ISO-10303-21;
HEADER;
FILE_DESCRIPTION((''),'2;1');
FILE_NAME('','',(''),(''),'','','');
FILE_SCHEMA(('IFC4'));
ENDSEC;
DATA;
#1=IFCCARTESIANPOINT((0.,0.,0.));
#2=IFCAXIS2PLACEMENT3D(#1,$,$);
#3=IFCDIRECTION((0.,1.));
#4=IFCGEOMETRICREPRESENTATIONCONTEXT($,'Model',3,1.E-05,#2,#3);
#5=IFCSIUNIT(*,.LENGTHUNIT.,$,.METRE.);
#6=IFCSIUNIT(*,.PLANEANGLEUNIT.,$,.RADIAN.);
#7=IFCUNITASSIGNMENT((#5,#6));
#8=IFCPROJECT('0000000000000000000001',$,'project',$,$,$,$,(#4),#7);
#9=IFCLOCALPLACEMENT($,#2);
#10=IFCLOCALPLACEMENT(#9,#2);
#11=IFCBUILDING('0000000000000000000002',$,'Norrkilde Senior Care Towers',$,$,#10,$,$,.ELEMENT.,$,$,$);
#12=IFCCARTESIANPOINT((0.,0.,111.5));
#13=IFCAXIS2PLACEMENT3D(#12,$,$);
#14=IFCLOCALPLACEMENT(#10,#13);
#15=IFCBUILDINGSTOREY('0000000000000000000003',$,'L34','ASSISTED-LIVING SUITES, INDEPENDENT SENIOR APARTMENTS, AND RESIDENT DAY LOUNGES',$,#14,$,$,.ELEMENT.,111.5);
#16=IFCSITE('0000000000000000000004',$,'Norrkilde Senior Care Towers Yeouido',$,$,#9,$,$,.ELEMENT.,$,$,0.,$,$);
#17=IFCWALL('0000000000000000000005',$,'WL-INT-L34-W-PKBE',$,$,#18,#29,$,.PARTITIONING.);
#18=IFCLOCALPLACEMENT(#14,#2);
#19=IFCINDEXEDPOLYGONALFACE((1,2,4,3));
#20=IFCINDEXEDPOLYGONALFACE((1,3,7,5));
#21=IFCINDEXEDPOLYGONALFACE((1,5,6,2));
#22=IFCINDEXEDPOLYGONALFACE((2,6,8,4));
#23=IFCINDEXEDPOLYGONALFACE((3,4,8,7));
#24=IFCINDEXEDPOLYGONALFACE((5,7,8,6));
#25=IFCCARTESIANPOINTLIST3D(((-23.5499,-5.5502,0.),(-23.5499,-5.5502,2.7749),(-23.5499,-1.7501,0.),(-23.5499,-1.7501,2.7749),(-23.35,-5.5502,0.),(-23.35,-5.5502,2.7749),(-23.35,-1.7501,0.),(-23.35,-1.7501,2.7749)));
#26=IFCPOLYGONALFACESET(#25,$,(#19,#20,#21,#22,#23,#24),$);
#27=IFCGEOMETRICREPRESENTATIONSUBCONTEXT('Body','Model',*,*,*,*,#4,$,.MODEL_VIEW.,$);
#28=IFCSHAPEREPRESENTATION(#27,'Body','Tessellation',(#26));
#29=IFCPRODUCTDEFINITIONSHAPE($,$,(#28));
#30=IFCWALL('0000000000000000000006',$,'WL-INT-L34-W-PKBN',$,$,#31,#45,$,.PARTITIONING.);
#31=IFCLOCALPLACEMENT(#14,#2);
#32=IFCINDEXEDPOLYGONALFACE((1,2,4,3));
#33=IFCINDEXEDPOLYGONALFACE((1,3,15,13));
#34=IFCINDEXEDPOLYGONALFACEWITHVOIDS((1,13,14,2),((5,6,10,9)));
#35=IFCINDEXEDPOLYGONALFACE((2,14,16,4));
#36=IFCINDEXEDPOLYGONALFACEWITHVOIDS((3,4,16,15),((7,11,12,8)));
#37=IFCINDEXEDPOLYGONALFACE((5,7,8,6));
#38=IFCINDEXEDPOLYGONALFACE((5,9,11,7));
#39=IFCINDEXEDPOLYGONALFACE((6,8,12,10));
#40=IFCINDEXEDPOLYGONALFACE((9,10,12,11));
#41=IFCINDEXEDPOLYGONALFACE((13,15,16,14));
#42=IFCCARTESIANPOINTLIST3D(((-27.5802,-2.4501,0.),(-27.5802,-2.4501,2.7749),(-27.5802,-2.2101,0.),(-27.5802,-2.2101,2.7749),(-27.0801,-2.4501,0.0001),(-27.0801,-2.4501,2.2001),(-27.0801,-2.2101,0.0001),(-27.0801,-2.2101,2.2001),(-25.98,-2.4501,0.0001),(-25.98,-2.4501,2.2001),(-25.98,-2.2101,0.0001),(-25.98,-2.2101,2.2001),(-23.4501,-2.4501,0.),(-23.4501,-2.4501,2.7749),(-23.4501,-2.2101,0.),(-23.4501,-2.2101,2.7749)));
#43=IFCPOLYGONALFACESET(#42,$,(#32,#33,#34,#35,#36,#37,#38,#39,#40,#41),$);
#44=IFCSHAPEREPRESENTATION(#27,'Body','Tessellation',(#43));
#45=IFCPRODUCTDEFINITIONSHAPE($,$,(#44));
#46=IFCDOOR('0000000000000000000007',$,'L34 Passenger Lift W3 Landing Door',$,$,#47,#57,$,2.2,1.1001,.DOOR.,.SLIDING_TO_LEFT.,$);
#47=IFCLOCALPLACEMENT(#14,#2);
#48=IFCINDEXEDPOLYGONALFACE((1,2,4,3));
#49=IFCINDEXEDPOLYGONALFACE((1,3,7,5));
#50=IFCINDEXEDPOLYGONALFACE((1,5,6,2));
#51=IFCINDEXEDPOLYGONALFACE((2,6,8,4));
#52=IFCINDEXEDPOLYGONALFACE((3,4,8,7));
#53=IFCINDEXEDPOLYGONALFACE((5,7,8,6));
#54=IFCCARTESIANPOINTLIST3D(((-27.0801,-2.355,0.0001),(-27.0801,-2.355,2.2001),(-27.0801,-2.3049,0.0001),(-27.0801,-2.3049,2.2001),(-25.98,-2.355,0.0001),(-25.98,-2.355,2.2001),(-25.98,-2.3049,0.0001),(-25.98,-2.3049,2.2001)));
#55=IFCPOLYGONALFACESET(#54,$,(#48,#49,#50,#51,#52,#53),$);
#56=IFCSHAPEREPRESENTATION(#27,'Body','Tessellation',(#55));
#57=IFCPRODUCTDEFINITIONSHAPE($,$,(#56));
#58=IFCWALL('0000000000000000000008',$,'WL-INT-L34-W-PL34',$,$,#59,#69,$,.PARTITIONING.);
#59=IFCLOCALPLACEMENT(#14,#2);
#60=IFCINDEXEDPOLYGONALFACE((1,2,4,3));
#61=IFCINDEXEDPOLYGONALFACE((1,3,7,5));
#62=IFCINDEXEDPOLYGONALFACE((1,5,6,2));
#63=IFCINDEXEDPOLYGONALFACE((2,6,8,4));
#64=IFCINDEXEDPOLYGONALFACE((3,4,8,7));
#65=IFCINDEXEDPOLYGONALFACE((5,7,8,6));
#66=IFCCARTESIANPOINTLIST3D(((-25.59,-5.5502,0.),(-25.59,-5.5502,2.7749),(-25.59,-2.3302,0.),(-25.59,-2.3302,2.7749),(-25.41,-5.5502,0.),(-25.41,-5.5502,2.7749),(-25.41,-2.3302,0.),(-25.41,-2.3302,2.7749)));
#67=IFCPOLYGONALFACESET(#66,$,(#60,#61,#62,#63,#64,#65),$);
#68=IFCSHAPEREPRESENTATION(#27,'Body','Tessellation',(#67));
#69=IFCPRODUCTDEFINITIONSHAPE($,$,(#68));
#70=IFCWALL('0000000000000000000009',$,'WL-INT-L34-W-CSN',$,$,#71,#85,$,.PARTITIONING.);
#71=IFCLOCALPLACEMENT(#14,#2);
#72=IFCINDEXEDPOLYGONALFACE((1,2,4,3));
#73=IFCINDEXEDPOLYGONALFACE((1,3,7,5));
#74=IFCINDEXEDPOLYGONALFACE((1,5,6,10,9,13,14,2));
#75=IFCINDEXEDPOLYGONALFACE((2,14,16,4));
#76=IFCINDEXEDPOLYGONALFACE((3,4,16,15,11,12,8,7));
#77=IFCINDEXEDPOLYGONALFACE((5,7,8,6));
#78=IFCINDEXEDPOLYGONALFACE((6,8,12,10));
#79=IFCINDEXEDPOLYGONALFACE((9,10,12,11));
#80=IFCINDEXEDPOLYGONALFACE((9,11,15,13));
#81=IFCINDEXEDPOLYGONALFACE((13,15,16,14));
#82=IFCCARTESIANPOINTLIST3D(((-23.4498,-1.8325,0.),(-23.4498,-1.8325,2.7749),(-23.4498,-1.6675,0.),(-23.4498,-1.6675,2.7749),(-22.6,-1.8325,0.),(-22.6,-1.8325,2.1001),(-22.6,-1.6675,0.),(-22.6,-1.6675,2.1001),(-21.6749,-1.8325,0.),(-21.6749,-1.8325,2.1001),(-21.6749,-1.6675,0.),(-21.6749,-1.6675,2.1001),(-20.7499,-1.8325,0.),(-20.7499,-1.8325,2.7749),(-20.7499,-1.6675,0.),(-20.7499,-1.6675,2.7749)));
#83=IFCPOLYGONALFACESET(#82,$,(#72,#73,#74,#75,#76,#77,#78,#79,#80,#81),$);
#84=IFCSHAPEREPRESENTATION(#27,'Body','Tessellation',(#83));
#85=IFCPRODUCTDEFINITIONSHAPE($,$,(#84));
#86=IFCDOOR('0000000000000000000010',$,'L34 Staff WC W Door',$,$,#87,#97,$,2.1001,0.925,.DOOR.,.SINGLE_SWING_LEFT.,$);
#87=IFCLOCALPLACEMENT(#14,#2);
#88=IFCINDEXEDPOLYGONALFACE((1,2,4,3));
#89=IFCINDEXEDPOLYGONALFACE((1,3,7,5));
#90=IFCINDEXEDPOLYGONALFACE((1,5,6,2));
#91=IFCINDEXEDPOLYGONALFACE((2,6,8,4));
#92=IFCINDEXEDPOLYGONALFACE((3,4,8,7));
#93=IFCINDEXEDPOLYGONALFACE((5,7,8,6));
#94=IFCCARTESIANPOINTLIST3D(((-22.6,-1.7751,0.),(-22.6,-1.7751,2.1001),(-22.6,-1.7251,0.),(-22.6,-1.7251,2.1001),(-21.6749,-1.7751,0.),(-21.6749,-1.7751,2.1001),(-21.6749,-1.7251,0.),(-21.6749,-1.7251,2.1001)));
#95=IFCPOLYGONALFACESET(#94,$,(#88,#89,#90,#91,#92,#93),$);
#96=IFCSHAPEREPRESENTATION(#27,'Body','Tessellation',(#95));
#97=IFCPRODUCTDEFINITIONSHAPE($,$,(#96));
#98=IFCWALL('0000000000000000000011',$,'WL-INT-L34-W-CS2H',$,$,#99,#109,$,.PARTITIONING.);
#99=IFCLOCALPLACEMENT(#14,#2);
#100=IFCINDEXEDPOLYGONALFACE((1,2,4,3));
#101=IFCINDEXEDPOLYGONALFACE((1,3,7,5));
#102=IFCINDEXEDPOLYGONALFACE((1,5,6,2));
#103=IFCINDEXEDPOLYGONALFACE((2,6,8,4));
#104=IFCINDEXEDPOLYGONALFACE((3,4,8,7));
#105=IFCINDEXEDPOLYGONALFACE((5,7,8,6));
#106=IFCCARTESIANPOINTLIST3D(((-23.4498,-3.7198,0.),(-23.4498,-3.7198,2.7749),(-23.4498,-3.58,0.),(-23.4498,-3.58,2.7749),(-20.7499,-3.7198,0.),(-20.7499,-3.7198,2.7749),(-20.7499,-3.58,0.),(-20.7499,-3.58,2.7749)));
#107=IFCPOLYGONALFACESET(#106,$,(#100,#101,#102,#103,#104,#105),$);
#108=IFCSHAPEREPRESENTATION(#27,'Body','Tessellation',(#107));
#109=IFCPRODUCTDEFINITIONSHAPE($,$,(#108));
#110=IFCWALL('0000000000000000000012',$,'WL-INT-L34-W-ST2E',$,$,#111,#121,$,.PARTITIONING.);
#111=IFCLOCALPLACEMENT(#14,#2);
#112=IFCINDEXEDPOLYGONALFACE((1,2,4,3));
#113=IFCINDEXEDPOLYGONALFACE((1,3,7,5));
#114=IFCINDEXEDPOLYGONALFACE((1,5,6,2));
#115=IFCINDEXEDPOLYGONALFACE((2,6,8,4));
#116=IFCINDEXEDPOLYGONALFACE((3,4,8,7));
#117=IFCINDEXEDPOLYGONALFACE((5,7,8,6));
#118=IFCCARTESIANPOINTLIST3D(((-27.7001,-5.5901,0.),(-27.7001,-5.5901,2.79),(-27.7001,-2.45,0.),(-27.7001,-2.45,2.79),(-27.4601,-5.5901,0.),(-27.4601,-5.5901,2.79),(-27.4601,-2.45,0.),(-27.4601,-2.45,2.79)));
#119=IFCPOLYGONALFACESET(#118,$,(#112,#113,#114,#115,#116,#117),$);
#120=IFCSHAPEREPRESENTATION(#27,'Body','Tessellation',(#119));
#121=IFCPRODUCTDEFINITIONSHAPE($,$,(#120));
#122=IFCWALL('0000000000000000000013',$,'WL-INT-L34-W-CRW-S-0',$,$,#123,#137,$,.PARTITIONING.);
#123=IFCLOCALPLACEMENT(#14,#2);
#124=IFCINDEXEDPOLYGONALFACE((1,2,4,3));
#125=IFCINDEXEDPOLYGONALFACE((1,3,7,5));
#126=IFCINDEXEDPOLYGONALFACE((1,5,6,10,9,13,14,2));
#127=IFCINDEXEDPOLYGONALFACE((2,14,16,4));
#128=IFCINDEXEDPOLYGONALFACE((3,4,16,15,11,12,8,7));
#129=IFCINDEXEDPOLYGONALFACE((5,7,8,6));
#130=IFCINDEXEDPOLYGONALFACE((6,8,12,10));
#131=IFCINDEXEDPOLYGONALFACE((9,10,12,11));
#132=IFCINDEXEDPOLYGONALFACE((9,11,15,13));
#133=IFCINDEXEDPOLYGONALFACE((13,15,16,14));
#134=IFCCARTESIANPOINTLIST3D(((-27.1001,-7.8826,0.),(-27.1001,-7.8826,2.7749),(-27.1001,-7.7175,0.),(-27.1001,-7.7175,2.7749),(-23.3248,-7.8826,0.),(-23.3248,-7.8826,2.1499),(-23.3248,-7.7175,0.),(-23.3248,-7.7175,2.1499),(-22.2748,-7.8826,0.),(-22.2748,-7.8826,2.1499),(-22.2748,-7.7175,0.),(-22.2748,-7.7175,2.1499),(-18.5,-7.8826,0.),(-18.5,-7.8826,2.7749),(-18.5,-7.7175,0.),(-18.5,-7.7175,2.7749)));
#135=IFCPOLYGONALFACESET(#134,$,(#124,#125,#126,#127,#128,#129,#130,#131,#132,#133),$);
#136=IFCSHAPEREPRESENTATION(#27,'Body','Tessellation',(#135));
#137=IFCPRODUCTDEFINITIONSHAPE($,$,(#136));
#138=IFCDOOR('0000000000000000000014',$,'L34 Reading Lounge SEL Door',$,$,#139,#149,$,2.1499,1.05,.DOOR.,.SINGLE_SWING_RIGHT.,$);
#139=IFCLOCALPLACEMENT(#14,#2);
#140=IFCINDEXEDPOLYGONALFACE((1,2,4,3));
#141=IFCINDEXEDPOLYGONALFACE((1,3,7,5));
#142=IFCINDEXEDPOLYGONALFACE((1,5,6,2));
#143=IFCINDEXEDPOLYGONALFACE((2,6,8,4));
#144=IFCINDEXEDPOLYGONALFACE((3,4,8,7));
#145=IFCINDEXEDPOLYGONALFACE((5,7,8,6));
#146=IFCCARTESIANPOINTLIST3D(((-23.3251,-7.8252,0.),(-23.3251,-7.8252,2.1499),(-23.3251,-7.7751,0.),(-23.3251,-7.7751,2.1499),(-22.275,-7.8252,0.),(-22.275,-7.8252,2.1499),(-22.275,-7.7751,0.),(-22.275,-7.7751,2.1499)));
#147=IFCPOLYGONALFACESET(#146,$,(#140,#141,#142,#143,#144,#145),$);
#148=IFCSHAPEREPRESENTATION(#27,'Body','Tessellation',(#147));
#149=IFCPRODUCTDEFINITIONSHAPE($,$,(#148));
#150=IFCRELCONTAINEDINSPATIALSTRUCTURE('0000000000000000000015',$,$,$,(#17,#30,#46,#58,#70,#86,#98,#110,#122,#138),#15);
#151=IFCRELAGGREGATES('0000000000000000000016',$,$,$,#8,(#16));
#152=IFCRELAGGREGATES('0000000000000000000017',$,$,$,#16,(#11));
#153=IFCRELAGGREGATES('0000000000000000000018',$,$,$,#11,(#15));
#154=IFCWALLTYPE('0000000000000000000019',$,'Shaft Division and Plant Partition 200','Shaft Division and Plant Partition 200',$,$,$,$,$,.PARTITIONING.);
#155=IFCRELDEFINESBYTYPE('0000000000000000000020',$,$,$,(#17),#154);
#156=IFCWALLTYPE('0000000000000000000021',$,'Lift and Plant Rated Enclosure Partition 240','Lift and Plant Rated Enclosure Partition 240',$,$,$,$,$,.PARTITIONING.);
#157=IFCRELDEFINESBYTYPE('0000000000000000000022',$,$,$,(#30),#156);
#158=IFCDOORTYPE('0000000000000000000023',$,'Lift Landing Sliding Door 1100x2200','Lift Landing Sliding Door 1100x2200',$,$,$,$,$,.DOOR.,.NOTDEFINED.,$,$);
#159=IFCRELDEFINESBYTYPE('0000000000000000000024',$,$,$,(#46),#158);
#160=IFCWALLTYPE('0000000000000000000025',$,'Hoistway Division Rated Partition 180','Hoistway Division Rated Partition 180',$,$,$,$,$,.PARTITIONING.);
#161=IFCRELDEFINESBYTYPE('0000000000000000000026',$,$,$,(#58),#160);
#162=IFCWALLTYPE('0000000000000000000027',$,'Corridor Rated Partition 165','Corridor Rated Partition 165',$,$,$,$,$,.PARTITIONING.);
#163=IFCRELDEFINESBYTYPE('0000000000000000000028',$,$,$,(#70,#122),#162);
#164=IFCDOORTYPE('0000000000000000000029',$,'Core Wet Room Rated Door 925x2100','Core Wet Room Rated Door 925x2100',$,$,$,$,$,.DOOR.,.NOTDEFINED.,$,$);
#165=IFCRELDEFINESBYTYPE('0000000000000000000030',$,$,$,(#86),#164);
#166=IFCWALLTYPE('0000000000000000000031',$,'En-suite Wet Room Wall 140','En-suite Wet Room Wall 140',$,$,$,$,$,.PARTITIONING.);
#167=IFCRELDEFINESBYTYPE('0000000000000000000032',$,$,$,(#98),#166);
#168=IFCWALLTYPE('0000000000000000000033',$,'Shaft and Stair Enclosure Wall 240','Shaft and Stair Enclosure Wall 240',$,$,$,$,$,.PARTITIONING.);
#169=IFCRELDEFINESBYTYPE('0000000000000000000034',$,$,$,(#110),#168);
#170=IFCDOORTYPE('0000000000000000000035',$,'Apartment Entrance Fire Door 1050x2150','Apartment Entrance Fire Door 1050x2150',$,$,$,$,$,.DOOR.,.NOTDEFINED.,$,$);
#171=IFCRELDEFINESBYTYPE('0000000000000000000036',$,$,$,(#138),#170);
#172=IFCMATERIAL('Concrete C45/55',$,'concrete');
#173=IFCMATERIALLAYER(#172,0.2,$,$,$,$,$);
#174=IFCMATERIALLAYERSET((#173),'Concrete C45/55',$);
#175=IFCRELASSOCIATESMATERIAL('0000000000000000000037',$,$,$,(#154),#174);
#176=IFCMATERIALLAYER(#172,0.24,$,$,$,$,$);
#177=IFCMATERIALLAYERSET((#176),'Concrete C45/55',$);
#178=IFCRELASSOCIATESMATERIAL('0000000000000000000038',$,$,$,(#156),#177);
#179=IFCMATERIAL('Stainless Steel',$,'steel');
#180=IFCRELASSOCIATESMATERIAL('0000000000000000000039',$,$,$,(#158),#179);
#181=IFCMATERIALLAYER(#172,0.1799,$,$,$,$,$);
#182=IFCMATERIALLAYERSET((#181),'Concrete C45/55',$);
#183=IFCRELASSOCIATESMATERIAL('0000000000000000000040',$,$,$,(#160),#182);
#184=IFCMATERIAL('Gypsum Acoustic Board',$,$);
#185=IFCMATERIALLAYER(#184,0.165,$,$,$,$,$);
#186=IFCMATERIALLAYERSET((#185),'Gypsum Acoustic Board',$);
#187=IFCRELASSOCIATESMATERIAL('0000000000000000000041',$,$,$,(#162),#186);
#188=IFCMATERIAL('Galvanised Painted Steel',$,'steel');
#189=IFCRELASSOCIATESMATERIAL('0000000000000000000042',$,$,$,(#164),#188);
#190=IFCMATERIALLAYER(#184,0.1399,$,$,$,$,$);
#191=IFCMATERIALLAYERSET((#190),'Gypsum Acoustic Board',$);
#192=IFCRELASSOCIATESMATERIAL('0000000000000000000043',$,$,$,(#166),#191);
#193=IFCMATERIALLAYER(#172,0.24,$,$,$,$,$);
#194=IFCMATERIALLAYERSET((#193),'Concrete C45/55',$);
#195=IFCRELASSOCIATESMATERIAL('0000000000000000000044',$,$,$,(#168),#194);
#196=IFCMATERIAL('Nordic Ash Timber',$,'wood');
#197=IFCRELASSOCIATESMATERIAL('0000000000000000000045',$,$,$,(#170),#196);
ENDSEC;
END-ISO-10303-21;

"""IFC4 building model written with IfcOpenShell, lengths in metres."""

from ifc_helpers import new_model, si_unit, direction, frame, frame_2d, origin, place, context, subcontext, project, spatial, rectangle, extrude, source, transform, mapped, material, layer, layer_set, type_object, type_shapes, element, fill, save


model = new_model("IFC4")

# Units and contexts
model_context = context("Model", 3, precision=1e-05, world=origin(), true_north=direction((0.0, 1.0)))
body_context = subcontext(model_context, "Body", "Model", "MODEL_VIEW")
ifc_project = project(units=[si_unit("LENGTHUNIT", "METRE"), si_unit("PLANEANGLEUNIT", "RADIAN")], contexts=[model_context])

# Site, building, storey
site_placement = place(None, origin())
site = spatial("IfcSite", under=ifc_project, at=site_placement, Name="Norrkilde Senior Care Towers Yeouido", CompositionType="ELEMENT", RefElevation=0.0)
building_placement = place(site_placement, origin())
building = spatial("IfcBuilding", under=site, at=building_placement, Name="Norrkilde Senior Care Towers", CompositionType="ELEMENT")
storey_placement = place(building_placement, frame((0.0, 0.0, 111.5)))
storey = spatial("IfcBuildingStorey", under=building, at=storey_placement, Name="L34", Description="ASSISTED-LIVING SUITES, INDEPENDENT SENIOR APARTMENTS, AND RESIDENT DAY LOUNGES", CompositionType="ELEMENT", Elevation=111.5)

# Wall
ifc_material_1 = material(Name="Concrete C45/55", Category="concrete")
ifc_layer_1 = layer(ifc_material_1, 0.2)
ifc_layer_set_1 = layer_set([ifc_layer_1], Name="Concrete C45/55")
wall_type_1 = type_object("IfcWallType", Name="Shaft Division and Plant Partition 200", Description="Shaft Division and Plant Partition 200", PredefinedType="PARTITIONING", material=ifc_layer_set_1)
shared_shape_1 = source(origin(), body_context, "Body", "SweptSolid", [
    extrude(rectangle(XDim=3.8, YDim=0.2, at=frame_2d((1.8999, 0.0))), origin(), (0.0, 0.0, 1.0), 2.7749),
])
type_shapes(wall_type_1, [shared_shape_1])
wall_1_placement = place(storey_placement, frame((-23.45, -5.55, 0.0), z_axis=(0.0, 0.0, 1.0), x_axis=(0.0, 1.0, 0.0)))
element("IfcWall", 1, at=wall_1_placement, inside=storey, type_object=wall_type_1, Name="WL-INT-L34-W-PKBE", PredefinedType="PARTITIONING", context=body_context, shape_type="MappedRepresentation", body=[
    mapped(shared_shape_1, transform((0.0, 0.0, 0.0), x_axis=(1.0, 0.0, 0.0), y_axis=(0.0, 1.0, 0.0), z_axis=(0.0, 0.0, 1.0), scale=1.0)),
])

# Wall, opening, door
ifc_layer_2 = layer(ifc_material_1, 0.24)
ifc_layer_set_2 = layer_set([ifc_layer_2], Name="Concrete C45/55")
wall_type_2 = type_object("IfcWallType", Name="Lift and Plant Rated Enclosure Partition 240", Description="Lift and Plant Rated Enclosure Partition 240", PredefinedType="PARTITIONING", material=ifc_layer_set_2)
shared_shape_2 = source(origin(), body_context, "Body", "SweptSolid", [
    extrude(rectangle(XDim=4.1301, YDim=0.24, at=frame_2d((2.0649, 0.0))), origin(), (0.0, 0.0, 1.0), 2.7749),
])
type_shapes(wall_type_2, [shared_shape_2])
wall_2_placement = place(storey_placement, frame((-27.5801, -2.3301, 0.0), z_axis=(0.0, 0.0, 1.0), x_axis=(1.0, 0.0, 0.0)))
wall_2 = element("IfcWall", 2, at=wall_2_placement, inside=storey, type_object=wall_type_2, Name="WL-INT-L34-W-PKBN", PredefinedType="PARTITIONING", context=body_context, shape_type="MappedRepresentation", body=[
    mapped(shared_shape_2, transform((0.0, 0.0, 0.0), x_axis=(1.0, 0.0, 0.0), y_axis=(0.0, 1.0, 0.0), z_axis=(0.0, 0.0, 1.0), scale=1.0)),
])
opening_1_placement = place(wall_2_placement, frame((0.5, 0.0, 0.0)))
opening_1 = element("IfcOpeningElement", 3, at=opening_1_placement, cuts=wall_2, PredefinedType="OPENING", context=body_context, shape_type="SweptSolid", body=[
    extrude(rectangle(XDim=1.1001, YDim=2.2, at=frame_2d((0.55, 1.1001))), frame((0.0, 0.1299, 0.0), z_axis=(0.0, -1.0, 0.0), x_axis=(1.0, 0.0, 0.0)), (0.0, 0.0, 1.0), 0.26),
])
ifc_material_2 = material(Name="Stainless Steel", Category="steel")
door_type_1 = type_object("IfcDoorType", Name="Lift Landing Sliding Door 1100x2200", Description="Lift Landing Sliding Door 1100x2200", OperationType="NOTDEFINED", PredefinedType="DOOR", material=ifc_material_2)
shared_shape_3 = source(origin(), body_context, "Body", "SweptSolid", [
    extrude(rectangle(XDim=1.1001, YDim=2.2, at=frame_2d((0.55, 1.1001))), frame((0.0, 0.0249, 0.0), z_axis=(0.0, -1.0, 0.0), x_axis=(1.0, 0.0, 0.0)), (0.0, 0.0, 1.0), 0.05),
])
type_shapes(door_type_1, [shared_shape_3])
door_1_placement = place(opening_1_placement, frame((1.1001, 0.0, 0.0), z_axis=(0.0, 0.0, 1.0), x_axis=(-1.0, 0.0, 0.0)))
door_1 = element("IfcDoor", 4, at=door_1_placement, inside=storey, type_object=door_type_1, Name="L34 Passenger Lift W3 Landing Door", OperationType="SLIDING_TO_LEFT", OverallHeight=2.2, OverallWidth=1.1001, PredefinedType="DOOR", context=body_context, shape_type="MappedRepresentation", body=[
    mapped(shared_shape_3, transform((0.0, 0.0, 0.0), x_axis=(1.0, 0.0, 0.0), y_axis=(0.0, 1.0, 0.0), z_axis=(0.0, 0.0, 1.0), scale=1.0)),
])
fill(opening_1, door_1)

# Wall
ifc_layer_3 = layer(ifc_material_1, 0.1799)
ifc_layer_set_3 = layer_set([ifc_layer_3], Name="Concrete C45/55")
wall_type_3 = type_object("IfcWallType", Name="Hoistway Division Rated Partition 180", Description="Hoistway Division Rated Partition 180", PredefinedType="PARTITIONING", material=ifc_layer_set_3)
shared_shape_4 = source(origin(), body_context, "Body", "SweptSolid", [
    extrude(rectangle(XDim=3.22, YDim=0.1799, at=frame_2d((1.6099, 0.0))), origin(), (0.0, 0.0, 1.0), 2.7749),
])
type_shapes(wall_type_3, [shared_shape_4])
wall_3_placement = place(storey_placement, frame((-25.5, -5.55, 0.0), z_axis=(0.0, 0.0, 1.0), x_axis=(0.0, 1.0, 0.0)))
element("IfcWall", 5, at=wall_3_placement, inside=storey, type_object=wall_type_3, Name="WL-INT-L34-W-PL34", PredefinedType="PARTITIONING", context=body_context, shape_type="MappedRepresentation", body=[
    mapped(shared_shape_4, transform((0.0, 0.0, 0.0), x_axis=(1.0, 0.0, 0.0), y_axis=(0.0, 1.0, 0.0), z_axis=(0.0, 0.0, 1.0), scale=1.0)),
])

# Wall, opening, door
ifc_material_3 = material(Name="Gypsum Acoustic Board")
ifc_layer_4 = layer(ifc_material_3, 0.165)
ifc_layer_set_4 = layer_set([ifc_layer_4], Name="Gypsum Acoustic Board")
wall_type_4 = type_object("IfcWallType", Name="Corridor Rated Partition 165", Description="Corridor Rated Partition 165", PredefinedType="PARTITIONING", material=ifc_layer_set_4)
shared_shape_5 = source(origin(), body_context, "Body", "SweptSolid", [
    extrude(rectangle(XDim=2.7, YDim=0.165, at=frame_2d((1.3501, 0.0))), origin(), (0.0, 0.0, 1.0), 2.7749),
])
wall_4_placement = place(storey_placement, frame((-23.45, -1.75, 0.0), z_axis=(0.0, 0.0, 1.0), x_axis=(1.0, 0.0, 0.0)))
wall_4 = element("IfcWall", 6, at=wall_4_placement, inside=storey, type_object=wall_type_4, Name="WL-INT-L34-W-CSN", PredefinedType="PARTITIONING", context=body_context, shape_type="MappedRepresentation", body=[
    mapped(shared_shape_5, transform((0.0, 0.0, 0.0), x_axis=(1.0, 0.0, 0.0), y_axis=(0.0, 1.0, 0.0), z_axis=(0.0, 0.0, 1.0), scale=1.0)),
])
opening_2_placement = place(wall_4_placement, frame((0.8501, 0.0, 0.0)))
opening_2 = element("IfcOpeningElement", 7, at=opening_2_placement, cuts=wall_4, PredefinedType="OPENING", context=body_context, shape_type="SweptSolid", body=[
    extrude(rectangle(XDim=0.925, YDim=2.1001, at=frame_2d((0.4624, 1.05))), frame((0.0, 0.0925, 0.0), z_axis=(0.0, -1.0, 0.0), x_axis=(1.0, 0.0, 0.0)), (0.0, 0.0, 1.0), 0.1851),
])
ifc_material_4 = material(Name="Galvanised Painted Steel", Category="steel")
door_type_2 = type_object("IfcDoorType", Name="Core Wet Room Rated Door 925x2100", Description="Core Wet Room Rated Door 925x2100", OperationType="NOTDEFINED", PredefinedType="DOOR", material=ifc_material_4)
shared_shape_6 = source(origin(), body_context, "Body", "SweptSolid", [
    extrude(rectangle(XDim=0.925, YDim=2.1001, at=frame_2d((0.4624, 1.05))), frame((0.0, 0.0249, 0.0), z_axis=(0.0, -1.0, 0.0), x_axis=(1.0, 0.0, 0.0)), (0.0, 0.0, 1.0), 0.05),
])
type_shapes(door_type_2, [shared_shape_6])
door_2_placement = place(opening_2_placement, origin())
door_2 = element("IfcDoor", 8, at=door_2_placement, inside=storey, type_object=door_type_2, Name="L34 Staff WC W Door", OperationType="SINGLE_SWING_LEFT", OverallHeight=2.1001, OverallWidth=0.925, PredefinedType="DOOR", context=body_context, shape_type="MappedRepresentation", body=[
    mapped(shared_shape_6, transform((0.0, 0.0, 0.0), x_axis=(1.0, 0.0, 0.0), y_axis=(0.0, 1.0, 0.0), z_axis=(0.0, 0.0, 1.0), scale=1.0)),
])
fill(opening_2, door_2)

# Walls
ifc_layer_5 = layer(ifc_material_3, 0.1399)
ifc_layer_set_5 = layer_set([ifc_layer_5], Name="Gypsum Acoustic Board")
wall_type_5 = type_object("IfcWallType", Name="En-suite Wet Room Wall 140", Description="En-suite Wet Room Wall 140", PredefinedType="PARTITIONING", material=ifc_layer_set_5)
shared_shape_7 = source(origin(), body_context, "Body", "SweptSolid", [
    extrude(rectangle(XDim=2.7, YDim=0.1399, at=frame_2d((1.3501, 0.0))), origin(), (0.0, 0.0, 1.0), 2.7749),
])
type_shapes(wall_type_5, [shared_shape_7])
wall_5_placement = place(storey_placement, frame((-23.45, -3.6499, 0.0), z_axis=(0.0, 0.0, 1.0), x_axis=(1.0, 0.0, 0.0)))
element("IfcWall", 9, at=wall_5_placement, inside=storey, type_object=wall_type_5, Name="WL-INT-L34-W-CS2H", PredefinedType="PARTITIONING", context=body_context, shape_type="MappedRepresentation", body=[
    mapped(shared_shape_7, transform((0.0, 0.0, 0.0), x_axis=(1.0, 0.0, 0.0), y_axis=(0.0, 1.0, 0.0), z_axis=(0.0, 0.0, 1.0), scale=1.0)),
])
ifc_layer_6 = layer(ifc_material_1, 0.24)
ifc_layer_set_6 = layer_set([ifc_layer_6], Name="Concrete C45/55")
wall_type_6 = type_object("IfcWallType", Name="Shaft and Stair Enclosure Wall 240", Description="Shaft and Stair Enclosure Wall 240", PredefinedType="PARTITIONING", material=ifc_layer_set_6)
shared_shape_8 = source(origin(), body_context, "Body", "SweptSolid", [
    extrude(rectangle(XDim=3.1401, YDim=0.24, at=frame_2d((1.5701, 0.0))), origin(), (0.0, 0.0, 1.0), 2.79),
])
type_shapes(wall_type_6, [shared_shape_8])
wall_6_placement = place(storey_placement, frame((-27.5801, -5.5901, 0.0), z_axis=(0.0, 0.0, 1.0), x_axis=(0.0, 1.0, 0.0)))
element("IfcWall", 10, at=wall_6_placement, inside=storey, type_object=wall_type_6, Name="WL-INT-L34-W-ST2E", PredefinedType="PARTITIONING", context=body_context, shape_type="MappedRepresentation", body=[
    mapped(shared_shape_8, transform((0.0, 0.0, 0.0), x_axis=(1.0, 0.0, 0.0), y_axis=(0.0, 1.0, 0.0), z_axis=(0.0, 0.0, 1.0), scale=1.0)),
])

# Wall, opening, door
shared_shape_9 = source(origin(), body_context, "Body", "SweptSolid", [
    extrude(rectangle(XDim=8.6001, YDim=0.165, at=frame_2d((4.3, 0.0))), origin(), (0.0, 0.0, 1.0), 2.7749),
])
wall_7_placement = place(storey_placement, frame((-18.5, -7.8, 0.0), z_axis=(0.0, 0.0, 1.0), x_axis=(-1.0, 0.0, 0.0)))
wall_7 = element("IfcWall", 11, at=wall_7_placement, inside=storey, type_object=wall_type_4, Name="WL-INT-L34-W-CRW-S-0", PredefinedType="PARTITIONING", context=body_context, shape_type="MappedRepresentation", body=[
    mapped(shared_shape_9, transform((0.0, 0.0, 0.0), x_axis=(1.0, 0.0, 0.0), y_axis=(0.0, 1.0, 0.0), z_axis=(0.0, 0.0, 1.0), scale=1.0)),
])
opening_3_placement = place(wall_7_placement, frame((3.7749, 0.0, 0.0)))
opening_3 = element("IfcOpeningElement", 12, at=opening_3_placement, cuts=wall_7, PredefinedType="OPENING", context=body_context, shape_type="SweptSolid", body=[
    extrude(rectangle(XDim=1.05, YDim=2.1499, at=frame_2d((0.5249, 1.075))), frame((0.0, 0.0925, 0.0), z_axis=(0.0, -1.0, 0.0), x_axis=(1.0, 0.0, 0.0)), (0.0, 0.0, 1.0), 0.1851),
])
ifc_material_5 = material(Name="Nordic Ash Timber", Category="wood")
door_type_3 = type_object("IfcDoorType", Name="Apartment Entrance Fire Door 1050x2150", Description="Apartment Entrance Fire Door 1050x2150", OperationType="NOTDEFINED", PredefinedType="DOOR", material=ifc_material_5)
shared_shape_10 = source(origin(), body_context, "Body", "SweptSolid", [
    extrude(rectangle(XDim=1.05, YDim=2.1499, at=frame_2d((0.5249, 1.075))), frame((0.0, 0.0249, 0.0), z_axis=(0.0, -1.0, 0.0), x_axis=(1.0, 0.0, 0.0)), (0.0, 0.0, 1.0), 0.05),
])
type_shapes(door_type_3, [shared_shape_10])
door_3_placement = place(opening_3_placement, frame((1.05, 0.0, 0.0), z_axis=(0.0, 0.0, 1.0), x_axis=(-1.0, 0.0, 0.0)))
door_3 = element("IfcDoor", 13, at=door_3_placement, inside=storey, type_object=door_type_3, Name="L34 Reading Lounge SEL Door", OperationType="SINGLE_SWING_RIGHT", OverallHeight=2.1499, OverallWidth=1.05, PredefinedType="DOOR", context=body_context, shape_type="MappedRepresentation", body=[
    mapped(shared_shape_10, transform((0.0, 0.0, 0.0), x_axis=(1.0, 0.0, 0.0), y_axis=(0.0, 1.0, 0.0), z_axis=(0.0, 0.0, 1.0), scale=1.0)),
])
fill(opening_3, door_3)

save(model, "model.ifc")
